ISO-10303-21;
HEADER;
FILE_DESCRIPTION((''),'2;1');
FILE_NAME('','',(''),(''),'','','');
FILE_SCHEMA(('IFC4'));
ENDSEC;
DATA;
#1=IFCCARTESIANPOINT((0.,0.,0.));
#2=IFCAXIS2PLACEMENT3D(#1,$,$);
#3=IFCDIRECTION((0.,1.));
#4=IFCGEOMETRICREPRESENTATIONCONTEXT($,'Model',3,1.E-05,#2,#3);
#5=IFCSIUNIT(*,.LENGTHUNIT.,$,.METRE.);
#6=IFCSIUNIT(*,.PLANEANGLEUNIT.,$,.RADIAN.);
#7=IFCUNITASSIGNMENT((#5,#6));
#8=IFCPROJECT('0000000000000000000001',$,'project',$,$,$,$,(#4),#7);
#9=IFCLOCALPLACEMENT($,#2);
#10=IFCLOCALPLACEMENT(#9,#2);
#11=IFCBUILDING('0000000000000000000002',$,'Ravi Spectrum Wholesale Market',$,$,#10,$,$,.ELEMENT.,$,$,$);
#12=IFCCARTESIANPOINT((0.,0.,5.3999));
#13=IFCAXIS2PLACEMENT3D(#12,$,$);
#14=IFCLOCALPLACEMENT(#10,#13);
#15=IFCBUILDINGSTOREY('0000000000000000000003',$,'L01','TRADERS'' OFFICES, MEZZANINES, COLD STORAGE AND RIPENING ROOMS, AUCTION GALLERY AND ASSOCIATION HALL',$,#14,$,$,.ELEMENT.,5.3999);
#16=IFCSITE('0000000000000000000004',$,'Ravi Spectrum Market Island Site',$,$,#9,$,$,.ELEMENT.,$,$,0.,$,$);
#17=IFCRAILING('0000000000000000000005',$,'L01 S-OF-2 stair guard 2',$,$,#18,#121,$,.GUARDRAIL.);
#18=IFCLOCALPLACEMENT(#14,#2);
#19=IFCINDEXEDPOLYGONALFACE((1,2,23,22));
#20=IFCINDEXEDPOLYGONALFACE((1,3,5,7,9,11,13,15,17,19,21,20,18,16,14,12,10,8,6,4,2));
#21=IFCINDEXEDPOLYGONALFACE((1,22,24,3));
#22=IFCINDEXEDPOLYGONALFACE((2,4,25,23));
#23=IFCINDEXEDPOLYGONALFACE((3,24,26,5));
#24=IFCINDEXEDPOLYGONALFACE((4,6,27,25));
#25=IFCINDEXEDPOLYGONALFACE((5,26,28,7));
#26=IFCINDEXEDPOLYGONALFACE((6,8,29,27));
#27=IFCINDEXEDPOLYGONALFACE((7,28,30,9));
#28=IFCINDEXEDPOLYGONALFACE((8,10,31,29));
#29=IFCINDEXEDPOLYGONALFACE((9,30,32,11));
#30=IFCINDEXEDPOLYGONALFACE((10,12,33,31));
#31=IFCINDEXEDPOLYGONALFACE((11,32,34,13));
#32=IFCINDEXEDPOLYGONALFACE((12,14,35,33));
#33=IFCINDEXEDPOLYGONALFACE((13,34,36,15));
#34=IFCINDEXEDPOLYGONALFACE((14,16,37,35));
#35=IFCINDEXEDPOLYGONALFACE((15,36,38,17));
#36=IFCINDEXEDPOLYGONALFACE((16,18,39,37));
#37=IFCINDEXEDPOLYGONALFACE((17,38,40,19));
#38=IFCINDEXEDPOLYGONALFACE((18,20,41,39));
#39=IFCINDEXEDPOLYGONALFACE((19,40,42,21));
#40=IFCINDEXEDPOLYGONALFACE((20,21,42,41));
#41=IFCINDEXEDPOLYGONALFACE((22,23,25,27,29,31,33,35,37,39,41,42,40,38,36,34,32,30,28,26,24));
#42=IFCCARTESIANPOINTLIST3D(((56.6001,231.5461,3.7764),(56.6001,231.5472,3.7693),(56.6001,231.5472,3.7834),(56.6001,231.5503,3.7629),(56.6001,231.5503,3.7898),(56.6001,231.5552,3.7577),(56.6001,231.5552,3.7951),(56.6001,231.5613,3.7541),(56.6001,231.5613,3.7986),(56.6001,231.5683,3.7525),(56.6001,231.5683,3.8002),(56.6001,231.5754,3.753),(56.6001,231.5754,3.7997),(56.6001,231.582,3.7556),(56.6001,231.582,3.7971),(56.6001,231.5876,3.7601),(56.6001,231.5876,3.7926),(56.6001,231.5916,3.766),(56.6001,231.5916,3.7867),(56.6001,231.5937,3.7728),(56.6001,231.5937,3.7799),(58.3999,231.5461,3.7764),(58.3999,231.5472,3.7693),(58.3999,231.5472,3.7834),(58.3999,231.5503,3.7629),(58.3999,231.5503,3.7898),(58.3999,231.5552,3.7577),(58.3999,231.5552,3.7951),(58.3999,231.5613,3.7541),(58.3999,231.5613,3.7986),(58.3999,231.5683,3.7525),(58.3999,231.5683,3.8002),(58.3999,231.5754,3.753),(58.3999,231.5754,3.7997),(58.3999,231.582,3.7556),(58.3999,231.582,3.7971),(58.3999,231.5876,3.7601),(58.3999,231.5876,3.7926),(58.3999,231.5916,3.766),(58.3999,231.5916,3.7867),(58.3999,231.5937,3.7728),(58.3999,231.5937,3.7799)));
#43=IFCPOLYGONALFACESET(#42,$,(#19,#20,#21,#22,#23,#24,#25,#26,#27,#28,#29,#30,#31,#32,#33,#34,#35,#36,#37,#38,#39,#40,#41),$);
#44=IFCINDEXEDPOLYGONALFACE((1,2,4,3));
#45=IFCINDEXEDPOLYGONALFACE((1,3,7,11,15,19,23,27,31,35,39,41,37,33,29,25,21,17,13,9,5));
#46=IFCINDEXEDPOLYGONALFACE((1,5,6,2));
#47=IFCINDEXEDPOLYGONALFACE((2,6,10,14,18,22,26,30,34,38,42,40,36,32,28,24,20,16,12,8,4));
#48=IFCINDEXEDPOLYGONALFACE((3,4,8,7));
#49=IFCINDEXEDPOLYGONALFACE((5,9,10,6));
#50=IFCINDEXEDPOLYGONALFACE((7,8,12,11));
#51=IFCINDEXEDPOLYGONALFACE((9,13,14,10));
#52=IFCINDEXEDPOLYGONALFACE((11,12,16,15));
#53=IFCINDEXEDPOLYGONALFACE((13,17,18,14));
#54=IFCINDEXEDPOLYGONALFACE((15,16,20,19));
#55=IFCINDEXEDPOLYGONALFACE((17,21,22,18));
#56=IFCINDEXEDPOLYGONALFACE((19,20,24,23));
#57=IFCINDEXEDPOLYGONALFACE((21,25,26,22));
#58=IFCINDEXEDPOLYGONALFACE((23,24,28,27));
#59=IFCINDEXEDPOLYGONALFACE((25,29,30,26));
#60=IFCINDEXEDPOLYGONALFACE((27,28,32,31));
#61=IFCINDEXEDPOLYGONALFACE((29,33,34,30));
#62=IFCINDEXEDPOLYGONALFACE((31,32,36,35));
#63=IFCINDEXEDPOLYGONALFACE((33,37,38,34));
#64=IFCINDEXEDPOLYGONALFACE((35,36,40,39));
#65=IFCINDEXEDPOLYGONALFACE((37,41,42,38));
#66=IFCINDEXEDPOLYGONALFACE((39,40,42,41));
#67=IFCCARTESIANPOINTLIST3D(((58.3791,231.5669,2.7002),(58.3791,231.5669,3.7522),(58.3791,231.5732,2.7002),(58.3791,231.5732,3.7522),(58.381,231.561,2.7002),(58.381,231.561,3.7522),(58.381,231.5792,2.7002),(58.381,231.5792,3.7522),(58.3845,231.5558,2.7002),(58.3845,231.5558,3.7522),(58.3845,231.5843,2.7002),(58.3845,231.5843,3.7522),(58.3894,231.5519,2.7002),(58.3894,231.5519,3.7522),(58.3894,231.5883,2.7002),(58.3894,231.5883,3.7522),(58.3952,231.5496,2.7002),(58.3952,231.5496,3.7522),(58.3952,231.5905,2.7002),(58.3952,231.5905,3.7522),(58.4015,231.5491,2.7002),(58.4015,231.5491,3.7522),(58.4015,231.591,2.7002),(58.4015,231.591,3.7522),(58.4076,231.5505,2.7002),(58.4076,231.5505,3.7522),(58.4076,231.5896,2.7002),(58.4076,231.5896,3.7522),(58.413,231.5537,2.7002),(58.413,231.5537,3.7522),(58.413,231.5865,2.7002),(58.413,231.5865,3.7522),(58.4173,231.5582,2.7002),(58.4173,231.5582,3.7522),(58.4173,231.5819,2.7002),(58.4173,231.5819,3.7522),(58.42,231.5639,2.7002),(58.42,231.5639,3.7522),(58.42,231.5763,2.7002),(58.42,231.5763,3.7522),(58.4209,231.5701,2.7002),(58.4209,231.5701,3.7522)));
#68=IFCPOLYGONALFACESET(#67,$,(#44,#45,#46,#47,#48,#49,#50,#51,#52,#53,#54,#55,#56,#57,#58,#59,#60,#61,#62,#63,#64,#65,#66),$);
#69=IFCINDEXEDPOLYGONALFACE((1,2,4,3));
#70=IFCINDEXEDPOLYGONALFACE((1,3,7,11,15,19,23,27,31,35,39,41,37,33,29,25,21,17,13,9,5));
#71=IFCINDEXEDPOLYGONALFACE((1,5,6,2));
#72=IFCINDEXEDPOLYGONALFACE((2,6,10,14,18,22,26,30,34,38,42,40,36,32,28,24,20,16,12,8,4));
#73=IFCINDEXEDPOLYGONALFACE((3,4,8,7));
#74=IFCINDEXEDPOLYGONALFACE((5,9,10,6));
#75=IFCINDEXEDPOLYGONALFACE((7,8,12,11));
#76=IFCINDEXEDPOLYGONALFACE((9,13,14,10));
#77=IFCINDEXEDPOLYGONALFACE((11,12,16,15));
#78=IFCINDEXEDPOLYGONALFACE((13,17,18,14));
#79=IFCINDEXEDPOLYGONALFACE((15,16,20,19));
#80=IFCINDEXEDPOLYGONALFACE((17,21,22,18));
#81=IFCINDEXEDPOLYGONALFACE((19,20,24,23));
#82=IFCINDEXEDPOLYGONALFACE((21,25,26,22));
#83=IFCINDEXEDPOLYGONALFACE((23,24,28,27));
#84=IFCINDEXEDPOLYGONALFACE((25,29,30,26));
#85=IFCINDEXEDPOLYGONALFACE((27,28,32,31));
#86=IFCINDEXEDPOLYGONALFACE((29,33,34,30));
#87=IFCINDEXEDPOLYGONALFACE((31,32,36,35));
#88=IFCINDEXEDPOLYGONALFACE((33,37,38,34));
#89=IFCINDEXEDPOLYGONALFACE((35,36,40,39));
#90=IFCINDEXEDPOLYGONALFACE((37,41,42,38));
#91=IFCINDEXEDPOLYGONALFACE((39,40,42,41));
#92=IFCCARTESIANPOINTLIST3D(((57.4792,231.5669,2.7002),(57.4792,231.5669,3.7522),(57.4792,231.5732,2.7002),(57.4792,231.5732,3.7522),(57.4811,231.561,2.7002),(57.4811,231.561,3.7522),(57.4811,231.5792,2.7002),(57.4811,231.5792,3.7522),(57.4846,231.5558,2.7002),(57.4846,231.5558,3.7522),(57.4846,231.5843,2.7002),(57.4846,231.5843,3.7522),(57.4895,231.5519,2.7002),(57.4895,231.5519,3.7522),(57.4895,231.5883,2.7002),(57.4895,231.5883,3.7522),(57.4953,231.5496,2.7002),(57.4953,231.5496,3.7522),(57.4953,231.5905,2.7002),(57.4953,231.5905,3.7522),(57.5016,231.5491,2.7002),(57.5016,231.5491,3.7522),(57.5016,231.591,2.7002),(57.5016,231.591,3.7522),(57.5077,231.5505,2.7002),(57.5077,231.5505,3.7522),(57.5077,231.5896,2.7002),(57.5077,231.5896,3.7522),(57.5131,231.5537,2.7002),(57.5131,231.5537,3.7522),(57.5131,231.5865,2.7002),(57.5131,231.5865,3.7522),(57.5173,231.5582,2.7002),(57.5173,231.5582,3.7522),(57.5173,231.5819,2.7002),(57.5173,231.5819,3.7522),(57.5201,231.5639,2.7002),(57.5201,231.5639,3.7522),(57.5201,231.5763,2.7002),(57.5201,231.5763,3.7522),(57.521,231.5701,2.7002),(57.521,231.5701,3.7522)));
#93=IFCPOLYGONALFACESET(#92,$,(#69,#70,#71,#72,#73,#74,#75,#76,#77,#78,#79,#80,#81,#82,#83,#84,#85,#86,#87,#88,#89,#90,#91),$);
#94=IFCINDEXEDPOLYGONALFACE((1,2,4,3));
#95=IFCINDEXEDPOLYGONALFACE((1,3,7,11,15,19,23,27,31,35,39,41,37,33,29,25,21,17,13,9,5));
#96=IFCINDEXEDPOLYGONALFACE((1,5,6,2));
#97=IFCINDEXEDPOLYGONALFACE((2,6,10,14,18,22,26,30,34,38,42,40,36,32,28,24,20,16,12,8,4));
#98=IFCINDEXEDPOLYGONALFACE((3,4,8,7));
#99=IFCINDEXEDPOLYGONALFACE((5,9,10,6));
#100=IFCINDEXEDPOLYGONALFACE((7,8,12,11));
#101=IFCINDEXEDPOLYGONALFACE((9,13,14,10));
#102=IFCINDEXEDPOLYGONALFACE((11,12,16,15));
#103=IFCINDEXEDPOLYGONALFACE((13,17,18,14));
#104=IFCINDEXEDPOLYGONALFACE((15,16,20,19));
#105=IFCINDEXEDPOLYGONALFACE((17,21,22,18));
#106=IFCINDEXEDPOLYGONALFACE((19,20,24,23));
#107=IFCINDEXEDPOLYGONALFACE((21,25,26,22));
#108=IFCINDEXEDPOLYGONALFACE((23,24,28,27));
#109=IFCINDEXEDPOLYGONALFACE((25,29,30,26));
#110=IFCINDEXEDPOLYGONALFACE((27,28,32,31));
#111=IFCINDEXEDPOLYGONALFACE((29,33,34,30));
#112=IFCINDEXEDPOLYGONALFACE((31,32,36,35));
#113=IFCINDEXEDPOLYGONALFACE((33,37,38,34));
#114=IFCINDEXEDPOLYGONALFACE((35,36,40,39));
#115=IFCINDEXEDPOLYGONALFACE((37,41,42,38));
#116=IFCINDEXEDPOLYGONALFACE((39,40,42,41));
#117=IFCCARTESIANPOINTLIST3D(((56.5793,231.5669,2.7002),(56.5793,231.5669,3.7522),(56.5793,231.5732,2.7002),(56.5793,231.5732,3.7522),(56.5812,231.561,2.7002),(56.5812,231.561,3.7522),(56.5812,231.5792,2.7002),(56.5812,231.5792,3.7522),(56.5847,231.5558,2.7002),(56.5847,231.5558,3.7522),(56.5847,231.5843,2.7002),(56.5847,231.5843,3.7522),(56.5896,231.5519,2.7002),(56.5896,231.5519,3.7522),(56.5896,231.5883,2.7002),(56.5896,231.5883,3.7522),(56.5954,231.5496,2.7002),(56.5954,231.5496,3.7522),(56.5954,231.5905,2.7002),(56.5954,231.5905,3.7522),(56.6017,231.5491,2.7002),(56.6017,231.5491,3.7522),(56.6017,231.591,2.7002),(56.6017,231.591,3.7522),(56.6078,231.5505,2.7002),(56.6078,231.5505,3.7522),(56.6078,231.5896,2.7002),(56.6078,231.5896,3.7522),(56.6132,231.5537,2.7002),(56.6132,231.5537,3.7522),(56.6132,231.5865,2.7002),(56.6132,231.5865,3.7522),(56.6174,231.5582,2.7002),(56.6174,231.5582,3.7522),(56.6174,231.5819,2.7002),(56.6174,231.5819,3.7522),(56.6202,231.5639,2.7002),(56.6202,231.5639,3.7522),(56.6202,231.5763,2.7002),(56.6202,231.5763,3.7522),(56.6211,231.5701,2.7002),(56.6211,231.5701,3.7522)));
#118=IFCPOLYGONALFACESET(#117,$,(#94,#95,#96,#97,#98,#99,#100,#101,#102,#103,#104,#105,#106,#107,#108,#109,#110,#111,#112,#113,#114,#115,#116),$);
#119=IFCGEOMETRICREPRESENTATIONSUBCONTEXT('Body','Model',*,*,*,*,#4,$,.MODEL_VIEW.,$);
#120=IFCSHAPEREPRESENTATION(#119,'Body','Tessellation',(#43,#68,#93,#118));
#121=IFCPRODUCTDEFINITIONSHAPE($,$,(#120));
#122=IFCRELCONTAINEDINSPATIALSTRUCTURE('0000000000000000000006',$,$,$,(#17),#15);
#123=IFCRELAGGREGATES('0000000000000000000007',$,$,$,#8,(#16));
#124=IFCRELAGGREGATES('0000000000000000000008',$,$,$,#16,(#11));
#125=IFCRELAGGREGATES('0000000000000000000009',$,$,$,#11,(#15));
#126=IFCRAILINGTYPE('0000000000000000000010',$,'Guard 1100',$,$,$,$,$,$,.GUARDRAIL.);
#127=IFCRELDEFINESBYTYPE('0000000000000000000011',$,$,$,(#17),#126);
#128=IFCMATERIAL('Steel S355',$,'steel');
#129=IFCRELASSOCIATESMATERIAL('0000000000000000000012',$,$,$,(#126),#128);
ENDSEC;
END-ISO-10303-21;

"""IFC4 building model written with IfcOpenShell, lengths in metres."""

from ifc_helpers import new_model, si_unit, direction, frame, origin, origin_2d, place, context, subcontext, project, spatial, circle, extrude, material, type_object, element, save


model = new_model("IFC4")

# Units and contexts
model_context = context("Model", 3, precision=1e-05, world=origin(), true_north=direction((0.0, 1.0)))
body_context = subcontext(model_context, "Body", "Model", "MODEL_VIEW")
ifc_project = project(units=[si_unit("LENGTHUNIT", "METRE"), si_unit("PLANEANGLEUNIT", "RADIAN")], contexts=[model_context])

# Site, building, storey
site_placement = place(None, origin())
site = spatial("IfcSite", under=ifc_project, at=site_placement, Name="Ravi Spectrum Market Island Site", CompositionType="ELEMENT", RefElevation=0.0)
building_placement = place(site_placement, origin())
building = spatial("IfcBuilding", under=site, at=building_placement, Name="Ravi Spectrum Wholesale Market", CompositionType="ELEMENT")
storey_placement = place(building_placement, frame((0.0, 0.0, 5.3999)))
storey = spatial("IfcBuildingStorey", under=building, at=storey_placement, Name="L01", Description="TRADERS' OFFICES, MEZZANINES, COLD STORAGE AND RIPENING ROOMS, AUCTION GALLERY AND ASSOCIATION HALL", CompositionType="ELEMENT", Elevation=5.3999)

# Railing
ifc_material_1 = material(Name="Steel S355", Category="steel")
railing_type_1 = type_object("IfcRailingType", Name="Guard 1100", PredefinedType="GUARDRAIL", material=ifc_material_1)
railing_1_placement = place(storey_placement, frame((58.3999, 231.5701, 2.7002)))
element("IfcRailing", 1, at=railing_1_placement, inside=storey, type_object=railing_type_1, Name="L01 S-OF-2 stair guard 2", PredefinedType="GUARDRAIL", context=body_context, shape_type="SweptSolid", body=[
    extrude(circle(Radius=0.0239, at=origin_2d()), frame((0.0, 0.0, 1.0762), z_axis=(-1.0, 0.0, 0.0), x_axis=(0.0, -1.0, 0.0)), (0.0, 0.0, 1.0), 1.7998),
    extrude(circle(Radius=0.021, at=origin_2d()), origin(), (0.0, 0.0, 1.0), 1.052),
    extrude(circle(Radius=0.021, at=origin_2d()), frame((-0.8999, 0.0, 0.0)), (0.0, 0.0, 1.0), 1.052),
    extrude(circle(Radius=0.021, at=origin_2d()), frame((-1.7998, 0.0, 0.0)), (0.0, 0.0, 1.0), 1.052),
])

save(model, "model.ifc")
